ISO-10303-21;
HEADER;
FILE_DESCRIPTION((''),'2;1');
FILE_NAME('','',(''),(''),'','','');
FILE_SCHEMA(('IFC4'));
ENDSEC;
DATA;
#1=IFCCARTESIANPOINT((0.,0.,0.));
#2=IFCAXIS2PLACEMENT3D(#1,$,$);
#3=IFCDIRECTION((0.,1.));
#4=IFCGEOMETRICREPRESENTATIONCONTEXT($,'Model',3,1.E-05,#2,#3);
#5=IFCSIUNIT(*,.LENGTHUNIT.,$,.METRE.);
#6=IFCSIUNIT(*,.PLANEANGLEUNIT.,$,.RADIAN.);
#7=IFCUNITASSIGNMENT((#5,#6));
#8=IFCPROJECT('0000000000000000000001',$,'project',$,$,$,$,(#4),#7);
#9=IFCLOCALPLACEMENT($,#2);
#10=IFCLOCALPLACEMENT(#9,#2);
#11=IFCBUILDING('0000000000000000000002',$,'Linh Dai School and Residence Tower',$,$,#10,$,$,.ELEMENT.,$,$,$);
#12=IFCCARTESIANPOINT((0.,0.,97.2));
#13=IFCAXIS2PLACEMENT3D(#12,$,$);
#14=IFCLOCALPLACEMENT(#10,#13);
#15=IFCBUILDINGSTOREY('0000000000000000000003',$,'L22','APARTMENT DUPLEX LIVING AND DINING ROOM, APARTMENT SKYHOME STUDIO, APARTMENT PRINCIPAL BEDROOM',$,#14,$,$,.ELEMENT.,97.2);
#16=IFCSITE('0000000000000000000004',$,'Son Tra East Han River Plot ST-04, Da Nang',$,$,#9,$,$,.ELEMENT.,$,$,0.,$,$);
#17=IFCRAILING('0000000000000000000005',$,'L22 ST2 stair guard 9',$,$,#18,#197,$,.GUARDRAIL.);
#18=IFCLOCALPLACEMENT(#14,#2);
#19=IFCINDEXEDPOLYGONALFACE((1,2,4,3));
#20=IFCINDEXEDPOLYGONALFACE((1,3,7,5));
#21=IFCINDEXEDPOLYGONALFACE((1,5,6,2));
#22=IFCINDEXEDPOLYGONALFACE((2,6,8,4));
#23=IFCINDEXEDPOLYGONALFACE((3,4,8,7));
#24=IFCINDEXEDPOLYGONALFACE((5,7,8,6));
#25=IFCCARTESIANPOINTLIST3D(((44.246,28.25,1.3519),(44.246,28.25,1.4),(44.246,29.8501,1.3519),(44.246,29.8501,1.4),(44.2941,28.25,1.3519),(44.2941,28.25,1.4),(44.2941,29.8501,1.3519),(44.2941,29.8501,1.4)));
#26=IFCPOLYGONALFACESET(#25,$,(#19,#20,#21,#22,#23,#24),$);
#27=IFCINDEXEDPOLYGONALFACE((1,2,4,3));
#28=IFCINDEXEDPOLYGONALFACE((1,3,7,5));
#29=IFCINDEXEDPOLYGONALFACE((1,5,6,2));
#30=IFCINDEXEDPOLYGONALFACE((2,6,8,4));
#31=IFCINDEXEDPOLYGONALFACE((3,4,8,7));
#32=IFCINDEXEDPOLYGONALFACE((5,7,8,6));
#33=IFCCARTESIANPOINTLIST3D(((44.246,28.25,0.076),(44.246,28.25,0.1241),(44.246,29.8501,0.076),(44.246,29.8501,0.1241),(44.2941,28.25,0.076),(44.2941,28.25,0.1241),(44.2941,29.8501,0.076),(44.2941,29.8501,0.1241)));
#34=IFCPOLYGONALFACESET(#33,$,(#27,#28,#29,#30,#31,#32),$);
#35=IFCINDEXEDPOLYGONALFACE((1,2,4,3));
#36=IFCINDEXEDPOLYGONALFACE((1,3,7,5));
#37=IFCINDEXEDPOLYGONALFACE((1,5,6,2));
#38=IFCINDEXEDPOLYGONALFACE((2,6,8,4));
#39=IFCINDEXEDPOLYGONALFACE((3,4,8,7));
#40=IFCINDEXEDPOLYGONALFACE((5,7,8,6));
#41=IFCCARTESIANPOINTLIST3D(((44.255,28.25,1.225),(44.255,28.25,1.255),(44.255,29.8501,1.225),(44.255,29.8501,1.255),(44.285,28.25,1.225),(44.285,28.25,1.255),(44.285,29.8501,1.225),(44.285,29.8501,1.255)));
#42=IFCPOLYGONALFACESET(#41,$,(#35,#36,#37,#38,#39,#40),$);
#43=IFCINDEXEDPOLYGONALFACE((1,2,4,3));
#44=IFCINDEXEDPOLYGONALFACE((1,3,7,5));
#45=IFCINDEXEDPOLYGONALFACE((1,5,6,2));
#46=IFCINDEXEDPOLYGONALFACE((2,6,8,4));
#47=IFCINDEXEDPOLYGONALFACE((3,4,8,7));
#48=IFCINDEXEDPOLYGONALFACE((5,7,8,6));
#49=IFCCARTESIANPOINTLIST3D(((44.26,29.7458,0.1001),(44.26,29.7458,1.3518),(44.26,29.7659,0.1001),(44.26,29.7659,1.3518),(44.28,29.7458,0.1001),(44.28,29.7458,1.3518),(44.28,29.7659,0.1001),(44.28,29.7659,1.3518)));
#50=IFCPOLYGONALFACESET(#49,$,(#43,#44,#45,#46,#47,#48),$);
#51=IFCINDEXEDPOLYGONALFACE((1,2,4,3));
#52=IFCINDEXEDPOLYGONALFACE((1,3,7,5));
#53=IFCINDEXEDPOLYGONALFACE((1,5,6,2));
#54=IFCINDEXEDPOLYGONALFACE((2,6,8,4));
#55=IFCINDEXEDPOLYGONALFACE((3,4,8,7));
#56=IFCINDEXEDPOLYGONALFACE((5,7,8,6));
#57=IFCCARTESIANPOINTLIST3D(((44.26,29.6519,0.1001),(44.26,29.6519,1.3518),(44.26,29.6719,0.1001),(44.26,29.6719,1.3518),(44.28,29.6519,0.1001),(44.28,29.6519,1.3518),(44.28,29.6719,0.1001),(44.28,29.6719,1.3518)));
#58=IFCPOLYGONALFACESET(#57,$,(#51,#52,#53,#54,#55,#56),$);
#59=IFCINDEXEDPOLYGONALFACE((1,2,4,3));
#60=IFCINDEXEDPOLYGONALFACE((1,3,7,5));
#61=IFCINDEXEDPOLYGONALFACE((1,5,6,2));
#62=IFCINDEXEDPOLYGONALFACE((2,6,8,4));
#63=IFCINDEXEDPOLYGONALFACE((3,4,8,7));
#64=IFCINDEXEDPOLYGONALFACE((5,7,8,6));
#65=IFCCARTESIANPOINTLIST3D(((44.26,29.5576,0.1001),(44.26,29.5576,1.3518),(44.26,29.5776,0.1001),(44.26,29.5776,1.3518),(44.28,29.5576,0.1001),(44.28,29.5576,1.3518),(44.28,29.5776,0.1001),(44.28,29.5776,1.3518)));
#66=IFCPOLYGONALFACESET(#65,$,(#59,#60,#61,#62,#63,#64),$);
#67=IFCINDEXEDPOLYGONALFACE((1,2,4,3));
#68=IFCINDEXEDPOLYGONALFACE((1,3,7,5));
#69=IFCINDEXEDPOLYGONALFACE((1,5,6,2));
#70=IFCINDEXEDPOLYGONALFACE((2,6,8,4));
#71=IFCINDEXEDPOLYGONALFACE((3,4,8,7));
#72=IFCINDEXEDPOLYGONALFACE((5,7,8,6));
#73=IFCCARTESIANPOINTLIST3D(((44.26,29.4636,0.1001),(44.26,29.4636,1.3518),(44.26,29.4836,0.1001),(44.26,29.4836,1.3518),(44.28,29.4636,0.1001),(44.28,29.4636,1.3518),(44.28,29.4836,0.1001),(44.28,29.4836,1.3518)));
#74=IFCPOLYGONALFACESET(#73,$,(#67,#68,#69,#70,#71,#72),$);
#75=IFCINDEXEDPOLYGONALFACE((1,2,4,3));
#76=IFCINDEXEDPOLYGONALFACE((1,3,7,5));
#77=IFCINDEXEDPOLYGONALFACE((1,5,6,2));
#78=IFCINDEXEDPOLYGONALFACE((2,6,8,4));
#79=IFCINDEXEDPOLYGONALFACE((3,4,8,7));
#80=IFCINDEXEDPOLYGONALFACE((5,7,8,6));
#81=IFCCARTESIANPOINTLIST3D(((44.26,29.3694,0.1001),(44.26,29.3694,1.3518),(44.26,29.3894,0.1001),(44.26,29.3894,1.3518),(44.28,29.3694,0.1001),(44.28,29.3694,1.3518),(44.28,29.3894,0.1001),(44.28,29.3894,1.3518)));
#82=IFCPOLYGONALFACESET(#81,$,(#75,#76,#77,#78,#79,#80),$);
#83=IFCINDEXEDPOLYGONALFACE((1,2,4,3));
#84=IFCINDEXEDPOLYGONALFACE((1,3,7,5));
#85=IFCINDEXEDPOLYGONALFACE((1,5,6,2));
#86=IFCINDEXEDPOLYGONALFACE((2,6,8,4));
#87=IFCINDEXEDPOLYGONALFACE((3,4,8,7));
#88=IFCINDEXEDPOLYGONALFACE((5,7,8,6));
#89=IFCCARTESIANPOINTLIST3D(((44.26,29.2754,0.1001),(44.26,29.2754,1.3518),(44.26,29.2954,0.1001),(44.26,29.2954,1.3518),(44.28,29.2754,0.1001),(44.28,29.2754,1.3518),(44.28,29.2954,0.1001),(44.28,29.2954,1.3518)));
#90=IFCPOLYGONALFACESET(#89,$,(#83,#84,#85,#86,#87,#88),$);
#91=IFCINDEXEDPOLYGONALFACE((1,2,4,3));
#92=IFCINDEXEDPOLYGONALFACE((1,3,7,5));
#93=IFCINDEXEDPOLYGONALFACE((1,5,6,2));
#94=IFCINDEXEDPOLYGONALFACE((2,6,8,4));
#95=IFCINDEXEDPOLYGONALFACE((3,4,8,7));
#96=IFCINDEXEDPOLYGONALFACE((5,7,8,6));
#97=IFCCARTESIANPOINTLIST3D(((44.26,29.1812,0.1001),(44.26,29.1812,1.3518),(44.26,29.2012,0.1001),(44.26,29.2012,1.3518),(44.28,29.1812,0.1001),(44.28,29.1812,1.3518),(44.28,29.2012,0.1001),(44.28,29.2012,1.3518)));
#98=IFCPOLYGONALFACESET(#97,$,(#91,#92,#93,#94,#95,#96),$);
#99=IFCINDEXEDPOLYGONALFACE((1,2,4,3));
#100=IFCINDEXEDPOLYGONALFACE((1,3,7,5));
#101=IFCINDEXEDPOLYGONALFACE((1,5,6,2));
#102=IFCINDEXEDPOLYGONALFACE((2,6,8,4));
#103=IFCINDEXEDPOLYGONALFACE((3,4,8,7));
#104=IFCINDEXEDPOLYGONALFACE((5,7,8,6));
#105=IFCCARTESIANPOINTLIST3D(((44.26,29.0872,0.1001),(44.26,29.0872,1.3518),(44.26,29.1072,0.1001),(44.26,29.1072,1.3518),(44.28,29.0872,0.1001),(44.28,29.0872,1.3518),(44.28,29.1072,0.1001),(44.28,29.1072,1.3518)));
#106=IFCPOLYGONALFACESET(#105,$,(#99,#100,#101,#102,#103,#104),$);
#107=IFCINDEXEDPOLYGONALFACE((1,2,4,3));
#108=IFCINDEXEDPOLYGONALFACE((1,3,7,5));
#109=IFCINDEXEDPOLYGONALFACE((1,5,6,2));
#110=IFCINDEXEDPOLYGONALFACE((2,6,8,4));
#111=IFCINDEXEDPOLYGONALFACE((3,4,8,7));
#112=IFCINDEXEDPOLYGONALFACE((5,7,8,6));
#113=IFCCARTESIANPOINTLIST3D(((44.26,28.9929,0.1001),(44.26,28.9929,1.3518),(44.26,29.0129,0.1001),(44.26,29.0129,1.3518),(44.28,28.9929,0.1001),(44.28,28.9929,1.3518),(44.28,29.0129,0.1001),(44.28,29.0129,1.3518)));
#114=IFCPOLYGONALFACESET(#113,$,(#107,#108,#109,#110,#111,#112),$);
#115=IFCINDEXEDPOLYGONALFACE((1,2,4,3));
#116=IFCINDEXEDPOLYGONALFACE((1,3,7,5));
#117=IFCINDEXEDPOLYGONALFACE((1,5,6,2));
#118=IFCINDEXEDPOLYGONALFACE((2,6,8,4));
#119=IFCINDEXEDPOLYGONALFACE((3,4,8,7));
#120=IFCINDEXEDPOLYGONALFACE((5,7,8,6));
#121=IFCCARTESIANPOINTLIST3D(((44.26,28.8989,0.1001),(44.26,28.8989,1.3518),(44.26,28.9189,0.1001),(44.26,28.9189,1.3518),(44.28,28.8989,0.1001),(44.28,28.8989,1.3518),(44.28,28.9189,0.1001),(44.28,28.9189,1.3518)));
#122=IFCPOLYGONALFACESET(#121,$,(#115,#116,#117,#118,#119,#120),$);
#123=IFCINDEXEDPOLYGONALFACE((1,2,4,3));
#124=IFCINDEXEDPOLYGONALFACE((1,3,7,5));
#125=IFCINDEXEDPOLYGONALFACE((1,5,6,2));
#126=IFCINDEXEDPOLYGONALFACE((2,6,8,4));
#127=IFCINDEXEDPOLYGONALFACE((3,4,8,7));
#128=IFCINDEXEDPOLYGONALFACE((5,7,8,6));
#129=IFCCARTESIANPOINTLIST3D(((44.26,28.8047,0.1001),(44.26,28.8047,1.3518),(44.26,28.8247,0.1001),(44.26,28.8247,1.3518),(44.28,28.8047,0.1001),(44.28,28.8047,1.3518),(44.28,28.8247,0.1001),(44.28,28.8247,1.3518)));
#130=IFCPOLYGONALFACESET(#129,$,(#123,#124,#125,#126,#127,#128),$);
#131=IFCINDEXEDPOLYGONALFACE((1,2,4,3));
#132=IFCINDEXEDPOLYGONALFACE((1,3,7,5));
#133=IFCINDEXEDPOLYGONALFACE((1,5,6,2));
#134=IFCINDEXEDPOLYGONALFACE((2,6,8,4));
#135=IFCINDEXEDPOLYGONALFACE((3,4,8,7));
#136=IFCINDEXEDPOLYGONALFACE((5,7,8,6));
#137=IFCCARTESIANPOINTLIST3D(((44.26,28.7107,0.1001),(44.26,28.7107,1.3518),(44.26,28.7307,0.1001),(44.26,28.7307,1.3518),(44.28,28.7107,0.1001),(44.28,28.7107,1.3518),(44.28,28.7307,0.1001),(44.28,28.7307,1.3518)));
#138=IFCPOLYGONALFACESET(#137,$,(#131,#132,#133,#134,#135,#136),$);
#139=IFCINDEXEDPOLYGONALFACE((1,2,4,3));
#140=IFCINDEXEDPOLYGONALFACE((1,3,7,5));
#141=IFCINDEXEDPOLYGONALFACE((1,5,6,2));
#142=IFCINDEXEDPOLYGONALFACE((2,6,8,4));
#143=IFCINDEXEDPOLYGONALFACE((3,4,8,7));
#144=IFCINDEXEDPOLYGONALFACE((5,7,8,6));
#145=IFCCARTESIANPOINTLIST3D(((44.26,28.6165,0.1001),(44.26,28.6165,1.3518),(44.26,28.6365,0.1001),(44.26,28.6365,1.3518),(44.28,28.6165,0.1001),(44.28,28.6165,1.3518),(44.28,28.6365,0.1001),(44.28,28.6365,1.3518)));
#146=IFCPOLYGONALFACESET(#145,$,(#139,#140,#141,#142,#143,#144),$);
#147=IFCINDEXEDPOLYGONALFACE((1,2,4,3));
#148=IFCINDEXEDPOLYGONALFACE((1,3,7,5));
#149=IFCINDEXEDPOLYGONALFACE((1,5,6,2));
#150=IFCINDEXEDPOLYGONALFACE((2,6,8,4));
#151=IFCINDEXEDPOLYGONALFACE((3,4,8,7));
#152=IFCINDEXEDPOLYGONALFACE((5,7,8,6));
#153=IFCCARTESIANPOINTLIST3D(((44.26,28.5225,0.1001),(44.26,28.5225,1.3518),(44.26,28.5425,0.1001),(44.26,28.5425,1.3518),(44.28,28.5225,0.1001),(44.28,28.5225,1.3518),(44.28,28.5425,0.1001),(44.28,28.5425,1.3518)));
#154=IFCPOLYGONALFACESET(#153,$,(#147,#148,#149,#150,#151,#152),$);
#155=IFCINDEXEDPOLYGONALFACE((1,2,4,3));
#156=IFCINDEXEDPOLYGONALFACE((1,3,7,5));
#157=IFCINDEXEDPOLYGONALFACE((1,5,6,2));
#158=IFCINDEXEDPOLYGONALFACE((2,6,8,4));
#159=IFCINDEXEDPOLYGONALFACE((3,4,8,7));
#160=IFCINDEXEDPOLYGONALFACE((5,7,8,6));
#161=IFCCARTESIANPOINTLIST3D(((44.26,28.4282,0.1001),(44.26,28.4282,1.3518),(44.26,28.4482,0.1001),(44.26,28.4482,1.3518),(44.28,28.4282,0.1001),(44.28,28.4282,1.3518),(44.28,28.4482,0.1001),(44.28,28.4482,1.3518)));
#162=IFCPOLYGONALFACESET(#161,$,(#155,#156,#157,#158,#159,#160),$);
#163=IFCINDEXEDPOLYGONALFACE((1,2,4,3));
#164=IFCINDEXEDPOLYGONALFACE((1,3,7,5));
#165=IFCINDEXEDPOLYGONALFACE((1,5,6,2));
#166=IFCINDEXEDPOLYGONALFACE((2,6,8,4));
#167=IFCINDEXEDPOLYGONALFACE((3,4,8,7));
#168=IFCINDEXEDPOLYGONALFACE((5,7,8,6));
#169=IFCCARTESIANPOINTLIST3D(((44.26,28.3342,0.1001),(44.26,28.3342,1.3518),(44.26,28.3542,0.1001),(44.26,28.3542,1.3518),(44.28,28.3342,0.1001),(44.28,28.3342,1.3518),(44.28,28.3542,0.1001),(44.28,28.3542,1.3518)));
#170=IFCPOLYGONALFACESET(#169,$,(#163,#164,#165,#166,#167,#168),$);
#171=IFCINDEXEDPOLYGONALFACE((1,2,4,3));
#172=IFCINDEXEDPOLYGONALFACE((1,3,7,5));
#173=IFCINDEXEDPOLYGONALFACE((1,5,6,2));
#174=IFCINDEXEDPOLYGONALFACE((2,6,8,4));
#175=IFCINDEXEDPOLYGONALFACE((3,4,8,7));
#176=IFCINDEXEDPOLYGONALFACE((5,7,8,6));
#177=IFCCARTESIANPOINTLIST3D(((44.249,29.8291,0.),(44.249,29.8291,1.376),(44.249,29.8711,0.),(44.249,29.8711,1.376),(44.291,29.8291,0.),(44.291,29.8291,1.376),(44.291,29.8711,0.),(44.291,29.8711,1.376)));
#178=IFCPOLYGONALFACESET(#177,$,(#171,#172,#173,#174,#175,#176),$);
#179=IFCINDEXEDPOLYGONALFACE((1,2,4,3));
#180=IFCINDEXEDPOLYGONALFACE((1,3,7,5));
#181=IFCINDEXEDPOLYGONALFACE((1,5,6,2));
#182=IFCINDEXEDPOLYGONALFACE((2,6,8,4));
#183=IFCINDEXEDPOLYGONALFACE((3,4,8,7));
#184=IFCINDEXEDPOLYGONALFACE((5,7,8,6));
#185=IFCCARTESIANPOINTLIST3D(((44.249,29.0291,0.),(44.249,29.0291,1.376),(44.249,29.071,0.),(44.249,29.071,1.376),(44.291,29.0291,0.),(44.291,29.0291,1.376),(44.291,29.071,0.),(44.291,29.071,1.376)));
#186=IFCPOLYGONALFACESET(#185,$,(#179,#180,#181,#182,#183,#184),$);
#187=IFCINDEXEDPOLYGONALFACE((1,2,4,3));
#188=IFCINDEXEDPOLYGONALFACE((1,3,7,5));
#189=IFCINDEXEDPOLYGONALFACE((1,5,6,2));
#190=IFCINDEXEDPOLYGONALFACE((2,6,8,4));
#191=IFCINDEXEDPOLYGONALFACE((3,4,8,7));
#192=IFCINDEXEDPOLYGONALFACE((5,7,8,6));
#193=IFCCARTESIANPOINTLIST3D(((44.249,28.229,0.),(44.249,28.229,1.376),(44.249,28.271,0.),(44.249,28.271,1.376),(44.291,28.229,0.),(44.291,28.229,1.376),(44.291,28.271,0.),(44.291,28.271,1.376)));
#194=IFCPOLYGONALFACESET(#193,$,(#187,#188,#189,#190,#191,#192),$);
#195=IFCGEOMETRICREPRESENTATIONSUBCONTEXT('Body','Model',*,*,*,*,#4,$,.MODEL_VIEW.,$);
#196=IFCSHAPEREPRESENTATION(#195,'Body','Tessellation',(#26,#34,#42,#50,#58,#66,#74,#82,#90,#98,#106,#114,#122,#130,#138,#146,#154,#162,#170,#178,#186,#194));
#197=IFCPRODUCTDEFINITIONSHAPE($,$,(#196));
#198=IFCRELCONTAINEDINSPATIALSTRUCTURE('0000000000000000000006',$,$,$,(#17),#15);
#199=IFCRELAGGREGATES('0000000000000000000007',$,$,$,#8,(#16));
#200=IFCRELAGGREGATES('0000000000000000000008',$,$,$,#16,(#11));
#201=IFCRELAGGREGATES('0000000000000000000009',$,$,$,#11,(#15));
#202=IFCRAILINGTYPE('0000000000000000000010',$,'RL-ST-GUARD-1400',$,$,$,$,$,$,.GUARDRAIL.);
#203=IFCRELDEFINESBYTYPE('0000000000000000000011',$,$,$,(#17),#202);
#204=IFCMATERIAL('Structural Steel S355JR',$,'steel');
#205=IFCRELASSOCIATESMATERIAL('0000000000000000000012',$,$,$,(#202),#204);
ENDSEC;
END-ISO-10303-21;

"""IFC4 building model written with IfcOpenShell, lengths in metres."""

from ifc_helpers import new_model, si_unit, direction, frame, origin, origin_2d, place, context, subcontext, project, spatial, rectangle, extrude, source, transform, mapped, material, type_object, element, save


model = new_model("IFC4")

# Units and contexts
model_context = context("Model", 3, precision=1e-05, world=origin(), true_north=direction((0.0, 1.0)))
body_context = subcontext(model_context, "Body", "Model", "MODEL_VIEW")
ifc_project = project(units=[si_unit("LENGTHUNIT", "METRE"), si_unit("PLANEANGLEUNIT", "RADIAN")], contexts=[model_context])

# Site, building, storey
site_placement = place(None, origin())
site = spatial("IfcSite", under=ifc_project, at=site_placement, Name="Son Tra East Han River Plot ST-04, Da Nang", CompositionType="ELEMENT", RefElevation=0.0)
building_placement = place(site_placement, origin())
building = spatial("IfcBuilding", under=site, at=building_placement, Name="Linh Dai School and Residence Tower", CompositionType="ELEMENT")
storey_placement = place(building_placement, frame((0.0, 0.0, 97.2)))
storey = spatial("IfcBuildingStorey", under=building, at=storey_placement, Name="L22", Description="APARTMENT DUPLEX LIVING AND DINING ROOM, APARTMENT SKYHOME STUDIO, APARTMENT PRINCIPAL BEDROOM", CompositionType="ELEMENT", Elevation=97.2)

# Shared definitions
ifc_material_1 = material(Name="Structural Steel S355JR", Category="steel")

# Railing
railing_type_1 = type_object("IfcRailingType", Name="RL-ST-GUARD-1400", PredefinedType="GUARDRAIL", material=ifc_material_1)
shared_shape_1 = source(origin(), body_context, "Body", "SweptSolid", [
    extrude(rectangle(XDim=0.0481, YDim=0.0481, at=origin_2d()), frame((0.0, 0.0, 1.376), z_axis=(0.0, -1.0, 0.0), x_axis=(1.0, 0.0, 0.0)), (0.0, 0.0, 1.0), 1.6001),
    extrude(rectangle(XDim=0.0481, YDim=0.0481, at=origin_2d()), frame((0.0, 0.0, 0.1001), z_axis=(0.0, -1.0, 0.0), x_axis=(1.0, 0.0, 0.0)), (0.0, 0.0, 1.0), 1.6001),
    extrude(rectangle(XDim=0.03, YDim=0.03, at=origin_2d()), frame((0.0, 0.0, 1.24), z_axis=(0.0, -1.0, 0.0), x_axis=(1.0, 0.0, 0.0)), (0.0, 0.0, 1.0), 1.6001),
    extrude(rectangle(XDim=0.02, YDim=0.02, at=origin_2d()), frame((0.0, -0.0942, 0.1001)), (0.0, 0.0, 1.0), 1.2517),
    extrude(rectangle(XDim=0.02, YDim=0.02, at=origin_2d()), frame((0.0, -0.1882, 0.1001)), (0.0, 0.0, 1.0), 1.2517),
    extrude(rectangle(XDim=0.02, YDim=0.02, at=origin_2d()), frame((0.0, -0.2825, 0.1001)), (0.0, 0.0, 1.0), 1.2517),
    extrude(rectangle(XDim=0.02, YDim=0.02, at=origin_2d()), frame((0.0, -0.3765, 0.1001)), (0.0, 0.0, 1.0), 1.2517),
    extrude(rectangle(XDim=0.02, YDim=0.02, at=origin_2d()), frame((0.0, -0.4707, 0.1001)), (0.0, 0.0, 1.0), 1.2517),
    extrude(rectangle(XDim=0.02, YDim=0.02, at=origin_2d()), frame((0.0, -0.5647, 0.1001)), (0.0, 0.0, 1.0), 1.2517),
    extrude(rectangle(XDim=0.02, YDim=0.02, at=origin_2d()), frame((0.0, -0.6589, 0.1001)), (0.0, 0.0, 1.0), 1.2517),
    extrude(rectangle(XDim=0.02, YDim=0.02, at=origin_2d()), frame((0.0, -0.7529, 0.1001)), (0.0, 0.0, 1.0), 1.2517),
    extrude(rectangle(XDim=0.02, YDim=0.02, at=origin_2d()), frame((0.0, -0.8472, 0.1001)), (0.0, 0.0, 1.0), 1.2517),
    extrude(rectangle(XDim=0.02, YDim=0.02, at=origin_2d()), frame((0.0, -0.9412, 0.1001)), (0.0, 0.0, 1.0), 1.2517),
    extrude(rectangle(XDim=0.02, YDim=0.02, at=origin_2d()), frame((0.0, -1.0354, 0.1001)), (0.0, 0.0, 1.0), 1.2517),
    extrude(rectangle(XDim=0.02, YDim=0.02, at=origin_2d()), frame((0.0, -1.1294, 0.1001)), (0.0, 0.0, 1.0), 1.2517),
    extrude(rectangle(XDim=0.02, YDim=0.02, at=origin_2d()), frame((0.0, -1.2236, 0.1001)), (0.0, 0.0, 1.0), 1.2517),
    extrude(rectangle(XDim=0.02, YDim=0.02, at=origin_2d()), frame((0.0, -1.3176, 0.1001)), (0.0, 0.0, 1.0), 1.2517),
    extrude(rectangle(XDim=0.02, YDim=0.02, at=origin_2d()), frame((0.0, -1.4119, 0.1001)), (0.0, 0.0, 1.0), 1.2517),
    extrude(rectangle(XDim=0.02, YDim=0.02, at=origin_2d()), frame((0.0, -1.5059, 0.1001)), (0.0, 0.0, 1.0), 1.2517),
    extrude(rectangle(XDim=0.042, YDim=0.042, at=origin_2d()), origin(), (0.0, 0.0, 1.0), 1.376),
    extrude(rectangle(XDim=0.042, YDim=0.042, at=origin_2d()), frame((0.0, -0.8, 0.0)), (0.0, 0.0, 1.0), 1.376),
    extrude(rectangle(XDim=0.042, YDim=0.042, at=origin_2d()), frame((0.0, -1.6001, 0.0)), (0.0, 0.0, 1.0), 1.376),
])
for number, where, name in (
    (1, (44.27, 29.8501, 0.0), "L22 ST2 stair guard 9"),
):
    element("IfcRailing", number, at=place(storey_placement, frame(where)), inside=storey, type_object=railing_type_1, Name=name, PredefinedType="GUARDRAIL", context=body_context, shape_type="MappedRepresentation", body=[
        mapped(shared_shape_1, transform((0.0, 0.0, 0.0), x_axis=(1.0, 0.0, 0.0), y_axis=(0.0, 1.0, 0.0), z_axis=(0.0, 0.0, 1.0), scale=1.0)),
    ])

save(model, "model.ifc")
